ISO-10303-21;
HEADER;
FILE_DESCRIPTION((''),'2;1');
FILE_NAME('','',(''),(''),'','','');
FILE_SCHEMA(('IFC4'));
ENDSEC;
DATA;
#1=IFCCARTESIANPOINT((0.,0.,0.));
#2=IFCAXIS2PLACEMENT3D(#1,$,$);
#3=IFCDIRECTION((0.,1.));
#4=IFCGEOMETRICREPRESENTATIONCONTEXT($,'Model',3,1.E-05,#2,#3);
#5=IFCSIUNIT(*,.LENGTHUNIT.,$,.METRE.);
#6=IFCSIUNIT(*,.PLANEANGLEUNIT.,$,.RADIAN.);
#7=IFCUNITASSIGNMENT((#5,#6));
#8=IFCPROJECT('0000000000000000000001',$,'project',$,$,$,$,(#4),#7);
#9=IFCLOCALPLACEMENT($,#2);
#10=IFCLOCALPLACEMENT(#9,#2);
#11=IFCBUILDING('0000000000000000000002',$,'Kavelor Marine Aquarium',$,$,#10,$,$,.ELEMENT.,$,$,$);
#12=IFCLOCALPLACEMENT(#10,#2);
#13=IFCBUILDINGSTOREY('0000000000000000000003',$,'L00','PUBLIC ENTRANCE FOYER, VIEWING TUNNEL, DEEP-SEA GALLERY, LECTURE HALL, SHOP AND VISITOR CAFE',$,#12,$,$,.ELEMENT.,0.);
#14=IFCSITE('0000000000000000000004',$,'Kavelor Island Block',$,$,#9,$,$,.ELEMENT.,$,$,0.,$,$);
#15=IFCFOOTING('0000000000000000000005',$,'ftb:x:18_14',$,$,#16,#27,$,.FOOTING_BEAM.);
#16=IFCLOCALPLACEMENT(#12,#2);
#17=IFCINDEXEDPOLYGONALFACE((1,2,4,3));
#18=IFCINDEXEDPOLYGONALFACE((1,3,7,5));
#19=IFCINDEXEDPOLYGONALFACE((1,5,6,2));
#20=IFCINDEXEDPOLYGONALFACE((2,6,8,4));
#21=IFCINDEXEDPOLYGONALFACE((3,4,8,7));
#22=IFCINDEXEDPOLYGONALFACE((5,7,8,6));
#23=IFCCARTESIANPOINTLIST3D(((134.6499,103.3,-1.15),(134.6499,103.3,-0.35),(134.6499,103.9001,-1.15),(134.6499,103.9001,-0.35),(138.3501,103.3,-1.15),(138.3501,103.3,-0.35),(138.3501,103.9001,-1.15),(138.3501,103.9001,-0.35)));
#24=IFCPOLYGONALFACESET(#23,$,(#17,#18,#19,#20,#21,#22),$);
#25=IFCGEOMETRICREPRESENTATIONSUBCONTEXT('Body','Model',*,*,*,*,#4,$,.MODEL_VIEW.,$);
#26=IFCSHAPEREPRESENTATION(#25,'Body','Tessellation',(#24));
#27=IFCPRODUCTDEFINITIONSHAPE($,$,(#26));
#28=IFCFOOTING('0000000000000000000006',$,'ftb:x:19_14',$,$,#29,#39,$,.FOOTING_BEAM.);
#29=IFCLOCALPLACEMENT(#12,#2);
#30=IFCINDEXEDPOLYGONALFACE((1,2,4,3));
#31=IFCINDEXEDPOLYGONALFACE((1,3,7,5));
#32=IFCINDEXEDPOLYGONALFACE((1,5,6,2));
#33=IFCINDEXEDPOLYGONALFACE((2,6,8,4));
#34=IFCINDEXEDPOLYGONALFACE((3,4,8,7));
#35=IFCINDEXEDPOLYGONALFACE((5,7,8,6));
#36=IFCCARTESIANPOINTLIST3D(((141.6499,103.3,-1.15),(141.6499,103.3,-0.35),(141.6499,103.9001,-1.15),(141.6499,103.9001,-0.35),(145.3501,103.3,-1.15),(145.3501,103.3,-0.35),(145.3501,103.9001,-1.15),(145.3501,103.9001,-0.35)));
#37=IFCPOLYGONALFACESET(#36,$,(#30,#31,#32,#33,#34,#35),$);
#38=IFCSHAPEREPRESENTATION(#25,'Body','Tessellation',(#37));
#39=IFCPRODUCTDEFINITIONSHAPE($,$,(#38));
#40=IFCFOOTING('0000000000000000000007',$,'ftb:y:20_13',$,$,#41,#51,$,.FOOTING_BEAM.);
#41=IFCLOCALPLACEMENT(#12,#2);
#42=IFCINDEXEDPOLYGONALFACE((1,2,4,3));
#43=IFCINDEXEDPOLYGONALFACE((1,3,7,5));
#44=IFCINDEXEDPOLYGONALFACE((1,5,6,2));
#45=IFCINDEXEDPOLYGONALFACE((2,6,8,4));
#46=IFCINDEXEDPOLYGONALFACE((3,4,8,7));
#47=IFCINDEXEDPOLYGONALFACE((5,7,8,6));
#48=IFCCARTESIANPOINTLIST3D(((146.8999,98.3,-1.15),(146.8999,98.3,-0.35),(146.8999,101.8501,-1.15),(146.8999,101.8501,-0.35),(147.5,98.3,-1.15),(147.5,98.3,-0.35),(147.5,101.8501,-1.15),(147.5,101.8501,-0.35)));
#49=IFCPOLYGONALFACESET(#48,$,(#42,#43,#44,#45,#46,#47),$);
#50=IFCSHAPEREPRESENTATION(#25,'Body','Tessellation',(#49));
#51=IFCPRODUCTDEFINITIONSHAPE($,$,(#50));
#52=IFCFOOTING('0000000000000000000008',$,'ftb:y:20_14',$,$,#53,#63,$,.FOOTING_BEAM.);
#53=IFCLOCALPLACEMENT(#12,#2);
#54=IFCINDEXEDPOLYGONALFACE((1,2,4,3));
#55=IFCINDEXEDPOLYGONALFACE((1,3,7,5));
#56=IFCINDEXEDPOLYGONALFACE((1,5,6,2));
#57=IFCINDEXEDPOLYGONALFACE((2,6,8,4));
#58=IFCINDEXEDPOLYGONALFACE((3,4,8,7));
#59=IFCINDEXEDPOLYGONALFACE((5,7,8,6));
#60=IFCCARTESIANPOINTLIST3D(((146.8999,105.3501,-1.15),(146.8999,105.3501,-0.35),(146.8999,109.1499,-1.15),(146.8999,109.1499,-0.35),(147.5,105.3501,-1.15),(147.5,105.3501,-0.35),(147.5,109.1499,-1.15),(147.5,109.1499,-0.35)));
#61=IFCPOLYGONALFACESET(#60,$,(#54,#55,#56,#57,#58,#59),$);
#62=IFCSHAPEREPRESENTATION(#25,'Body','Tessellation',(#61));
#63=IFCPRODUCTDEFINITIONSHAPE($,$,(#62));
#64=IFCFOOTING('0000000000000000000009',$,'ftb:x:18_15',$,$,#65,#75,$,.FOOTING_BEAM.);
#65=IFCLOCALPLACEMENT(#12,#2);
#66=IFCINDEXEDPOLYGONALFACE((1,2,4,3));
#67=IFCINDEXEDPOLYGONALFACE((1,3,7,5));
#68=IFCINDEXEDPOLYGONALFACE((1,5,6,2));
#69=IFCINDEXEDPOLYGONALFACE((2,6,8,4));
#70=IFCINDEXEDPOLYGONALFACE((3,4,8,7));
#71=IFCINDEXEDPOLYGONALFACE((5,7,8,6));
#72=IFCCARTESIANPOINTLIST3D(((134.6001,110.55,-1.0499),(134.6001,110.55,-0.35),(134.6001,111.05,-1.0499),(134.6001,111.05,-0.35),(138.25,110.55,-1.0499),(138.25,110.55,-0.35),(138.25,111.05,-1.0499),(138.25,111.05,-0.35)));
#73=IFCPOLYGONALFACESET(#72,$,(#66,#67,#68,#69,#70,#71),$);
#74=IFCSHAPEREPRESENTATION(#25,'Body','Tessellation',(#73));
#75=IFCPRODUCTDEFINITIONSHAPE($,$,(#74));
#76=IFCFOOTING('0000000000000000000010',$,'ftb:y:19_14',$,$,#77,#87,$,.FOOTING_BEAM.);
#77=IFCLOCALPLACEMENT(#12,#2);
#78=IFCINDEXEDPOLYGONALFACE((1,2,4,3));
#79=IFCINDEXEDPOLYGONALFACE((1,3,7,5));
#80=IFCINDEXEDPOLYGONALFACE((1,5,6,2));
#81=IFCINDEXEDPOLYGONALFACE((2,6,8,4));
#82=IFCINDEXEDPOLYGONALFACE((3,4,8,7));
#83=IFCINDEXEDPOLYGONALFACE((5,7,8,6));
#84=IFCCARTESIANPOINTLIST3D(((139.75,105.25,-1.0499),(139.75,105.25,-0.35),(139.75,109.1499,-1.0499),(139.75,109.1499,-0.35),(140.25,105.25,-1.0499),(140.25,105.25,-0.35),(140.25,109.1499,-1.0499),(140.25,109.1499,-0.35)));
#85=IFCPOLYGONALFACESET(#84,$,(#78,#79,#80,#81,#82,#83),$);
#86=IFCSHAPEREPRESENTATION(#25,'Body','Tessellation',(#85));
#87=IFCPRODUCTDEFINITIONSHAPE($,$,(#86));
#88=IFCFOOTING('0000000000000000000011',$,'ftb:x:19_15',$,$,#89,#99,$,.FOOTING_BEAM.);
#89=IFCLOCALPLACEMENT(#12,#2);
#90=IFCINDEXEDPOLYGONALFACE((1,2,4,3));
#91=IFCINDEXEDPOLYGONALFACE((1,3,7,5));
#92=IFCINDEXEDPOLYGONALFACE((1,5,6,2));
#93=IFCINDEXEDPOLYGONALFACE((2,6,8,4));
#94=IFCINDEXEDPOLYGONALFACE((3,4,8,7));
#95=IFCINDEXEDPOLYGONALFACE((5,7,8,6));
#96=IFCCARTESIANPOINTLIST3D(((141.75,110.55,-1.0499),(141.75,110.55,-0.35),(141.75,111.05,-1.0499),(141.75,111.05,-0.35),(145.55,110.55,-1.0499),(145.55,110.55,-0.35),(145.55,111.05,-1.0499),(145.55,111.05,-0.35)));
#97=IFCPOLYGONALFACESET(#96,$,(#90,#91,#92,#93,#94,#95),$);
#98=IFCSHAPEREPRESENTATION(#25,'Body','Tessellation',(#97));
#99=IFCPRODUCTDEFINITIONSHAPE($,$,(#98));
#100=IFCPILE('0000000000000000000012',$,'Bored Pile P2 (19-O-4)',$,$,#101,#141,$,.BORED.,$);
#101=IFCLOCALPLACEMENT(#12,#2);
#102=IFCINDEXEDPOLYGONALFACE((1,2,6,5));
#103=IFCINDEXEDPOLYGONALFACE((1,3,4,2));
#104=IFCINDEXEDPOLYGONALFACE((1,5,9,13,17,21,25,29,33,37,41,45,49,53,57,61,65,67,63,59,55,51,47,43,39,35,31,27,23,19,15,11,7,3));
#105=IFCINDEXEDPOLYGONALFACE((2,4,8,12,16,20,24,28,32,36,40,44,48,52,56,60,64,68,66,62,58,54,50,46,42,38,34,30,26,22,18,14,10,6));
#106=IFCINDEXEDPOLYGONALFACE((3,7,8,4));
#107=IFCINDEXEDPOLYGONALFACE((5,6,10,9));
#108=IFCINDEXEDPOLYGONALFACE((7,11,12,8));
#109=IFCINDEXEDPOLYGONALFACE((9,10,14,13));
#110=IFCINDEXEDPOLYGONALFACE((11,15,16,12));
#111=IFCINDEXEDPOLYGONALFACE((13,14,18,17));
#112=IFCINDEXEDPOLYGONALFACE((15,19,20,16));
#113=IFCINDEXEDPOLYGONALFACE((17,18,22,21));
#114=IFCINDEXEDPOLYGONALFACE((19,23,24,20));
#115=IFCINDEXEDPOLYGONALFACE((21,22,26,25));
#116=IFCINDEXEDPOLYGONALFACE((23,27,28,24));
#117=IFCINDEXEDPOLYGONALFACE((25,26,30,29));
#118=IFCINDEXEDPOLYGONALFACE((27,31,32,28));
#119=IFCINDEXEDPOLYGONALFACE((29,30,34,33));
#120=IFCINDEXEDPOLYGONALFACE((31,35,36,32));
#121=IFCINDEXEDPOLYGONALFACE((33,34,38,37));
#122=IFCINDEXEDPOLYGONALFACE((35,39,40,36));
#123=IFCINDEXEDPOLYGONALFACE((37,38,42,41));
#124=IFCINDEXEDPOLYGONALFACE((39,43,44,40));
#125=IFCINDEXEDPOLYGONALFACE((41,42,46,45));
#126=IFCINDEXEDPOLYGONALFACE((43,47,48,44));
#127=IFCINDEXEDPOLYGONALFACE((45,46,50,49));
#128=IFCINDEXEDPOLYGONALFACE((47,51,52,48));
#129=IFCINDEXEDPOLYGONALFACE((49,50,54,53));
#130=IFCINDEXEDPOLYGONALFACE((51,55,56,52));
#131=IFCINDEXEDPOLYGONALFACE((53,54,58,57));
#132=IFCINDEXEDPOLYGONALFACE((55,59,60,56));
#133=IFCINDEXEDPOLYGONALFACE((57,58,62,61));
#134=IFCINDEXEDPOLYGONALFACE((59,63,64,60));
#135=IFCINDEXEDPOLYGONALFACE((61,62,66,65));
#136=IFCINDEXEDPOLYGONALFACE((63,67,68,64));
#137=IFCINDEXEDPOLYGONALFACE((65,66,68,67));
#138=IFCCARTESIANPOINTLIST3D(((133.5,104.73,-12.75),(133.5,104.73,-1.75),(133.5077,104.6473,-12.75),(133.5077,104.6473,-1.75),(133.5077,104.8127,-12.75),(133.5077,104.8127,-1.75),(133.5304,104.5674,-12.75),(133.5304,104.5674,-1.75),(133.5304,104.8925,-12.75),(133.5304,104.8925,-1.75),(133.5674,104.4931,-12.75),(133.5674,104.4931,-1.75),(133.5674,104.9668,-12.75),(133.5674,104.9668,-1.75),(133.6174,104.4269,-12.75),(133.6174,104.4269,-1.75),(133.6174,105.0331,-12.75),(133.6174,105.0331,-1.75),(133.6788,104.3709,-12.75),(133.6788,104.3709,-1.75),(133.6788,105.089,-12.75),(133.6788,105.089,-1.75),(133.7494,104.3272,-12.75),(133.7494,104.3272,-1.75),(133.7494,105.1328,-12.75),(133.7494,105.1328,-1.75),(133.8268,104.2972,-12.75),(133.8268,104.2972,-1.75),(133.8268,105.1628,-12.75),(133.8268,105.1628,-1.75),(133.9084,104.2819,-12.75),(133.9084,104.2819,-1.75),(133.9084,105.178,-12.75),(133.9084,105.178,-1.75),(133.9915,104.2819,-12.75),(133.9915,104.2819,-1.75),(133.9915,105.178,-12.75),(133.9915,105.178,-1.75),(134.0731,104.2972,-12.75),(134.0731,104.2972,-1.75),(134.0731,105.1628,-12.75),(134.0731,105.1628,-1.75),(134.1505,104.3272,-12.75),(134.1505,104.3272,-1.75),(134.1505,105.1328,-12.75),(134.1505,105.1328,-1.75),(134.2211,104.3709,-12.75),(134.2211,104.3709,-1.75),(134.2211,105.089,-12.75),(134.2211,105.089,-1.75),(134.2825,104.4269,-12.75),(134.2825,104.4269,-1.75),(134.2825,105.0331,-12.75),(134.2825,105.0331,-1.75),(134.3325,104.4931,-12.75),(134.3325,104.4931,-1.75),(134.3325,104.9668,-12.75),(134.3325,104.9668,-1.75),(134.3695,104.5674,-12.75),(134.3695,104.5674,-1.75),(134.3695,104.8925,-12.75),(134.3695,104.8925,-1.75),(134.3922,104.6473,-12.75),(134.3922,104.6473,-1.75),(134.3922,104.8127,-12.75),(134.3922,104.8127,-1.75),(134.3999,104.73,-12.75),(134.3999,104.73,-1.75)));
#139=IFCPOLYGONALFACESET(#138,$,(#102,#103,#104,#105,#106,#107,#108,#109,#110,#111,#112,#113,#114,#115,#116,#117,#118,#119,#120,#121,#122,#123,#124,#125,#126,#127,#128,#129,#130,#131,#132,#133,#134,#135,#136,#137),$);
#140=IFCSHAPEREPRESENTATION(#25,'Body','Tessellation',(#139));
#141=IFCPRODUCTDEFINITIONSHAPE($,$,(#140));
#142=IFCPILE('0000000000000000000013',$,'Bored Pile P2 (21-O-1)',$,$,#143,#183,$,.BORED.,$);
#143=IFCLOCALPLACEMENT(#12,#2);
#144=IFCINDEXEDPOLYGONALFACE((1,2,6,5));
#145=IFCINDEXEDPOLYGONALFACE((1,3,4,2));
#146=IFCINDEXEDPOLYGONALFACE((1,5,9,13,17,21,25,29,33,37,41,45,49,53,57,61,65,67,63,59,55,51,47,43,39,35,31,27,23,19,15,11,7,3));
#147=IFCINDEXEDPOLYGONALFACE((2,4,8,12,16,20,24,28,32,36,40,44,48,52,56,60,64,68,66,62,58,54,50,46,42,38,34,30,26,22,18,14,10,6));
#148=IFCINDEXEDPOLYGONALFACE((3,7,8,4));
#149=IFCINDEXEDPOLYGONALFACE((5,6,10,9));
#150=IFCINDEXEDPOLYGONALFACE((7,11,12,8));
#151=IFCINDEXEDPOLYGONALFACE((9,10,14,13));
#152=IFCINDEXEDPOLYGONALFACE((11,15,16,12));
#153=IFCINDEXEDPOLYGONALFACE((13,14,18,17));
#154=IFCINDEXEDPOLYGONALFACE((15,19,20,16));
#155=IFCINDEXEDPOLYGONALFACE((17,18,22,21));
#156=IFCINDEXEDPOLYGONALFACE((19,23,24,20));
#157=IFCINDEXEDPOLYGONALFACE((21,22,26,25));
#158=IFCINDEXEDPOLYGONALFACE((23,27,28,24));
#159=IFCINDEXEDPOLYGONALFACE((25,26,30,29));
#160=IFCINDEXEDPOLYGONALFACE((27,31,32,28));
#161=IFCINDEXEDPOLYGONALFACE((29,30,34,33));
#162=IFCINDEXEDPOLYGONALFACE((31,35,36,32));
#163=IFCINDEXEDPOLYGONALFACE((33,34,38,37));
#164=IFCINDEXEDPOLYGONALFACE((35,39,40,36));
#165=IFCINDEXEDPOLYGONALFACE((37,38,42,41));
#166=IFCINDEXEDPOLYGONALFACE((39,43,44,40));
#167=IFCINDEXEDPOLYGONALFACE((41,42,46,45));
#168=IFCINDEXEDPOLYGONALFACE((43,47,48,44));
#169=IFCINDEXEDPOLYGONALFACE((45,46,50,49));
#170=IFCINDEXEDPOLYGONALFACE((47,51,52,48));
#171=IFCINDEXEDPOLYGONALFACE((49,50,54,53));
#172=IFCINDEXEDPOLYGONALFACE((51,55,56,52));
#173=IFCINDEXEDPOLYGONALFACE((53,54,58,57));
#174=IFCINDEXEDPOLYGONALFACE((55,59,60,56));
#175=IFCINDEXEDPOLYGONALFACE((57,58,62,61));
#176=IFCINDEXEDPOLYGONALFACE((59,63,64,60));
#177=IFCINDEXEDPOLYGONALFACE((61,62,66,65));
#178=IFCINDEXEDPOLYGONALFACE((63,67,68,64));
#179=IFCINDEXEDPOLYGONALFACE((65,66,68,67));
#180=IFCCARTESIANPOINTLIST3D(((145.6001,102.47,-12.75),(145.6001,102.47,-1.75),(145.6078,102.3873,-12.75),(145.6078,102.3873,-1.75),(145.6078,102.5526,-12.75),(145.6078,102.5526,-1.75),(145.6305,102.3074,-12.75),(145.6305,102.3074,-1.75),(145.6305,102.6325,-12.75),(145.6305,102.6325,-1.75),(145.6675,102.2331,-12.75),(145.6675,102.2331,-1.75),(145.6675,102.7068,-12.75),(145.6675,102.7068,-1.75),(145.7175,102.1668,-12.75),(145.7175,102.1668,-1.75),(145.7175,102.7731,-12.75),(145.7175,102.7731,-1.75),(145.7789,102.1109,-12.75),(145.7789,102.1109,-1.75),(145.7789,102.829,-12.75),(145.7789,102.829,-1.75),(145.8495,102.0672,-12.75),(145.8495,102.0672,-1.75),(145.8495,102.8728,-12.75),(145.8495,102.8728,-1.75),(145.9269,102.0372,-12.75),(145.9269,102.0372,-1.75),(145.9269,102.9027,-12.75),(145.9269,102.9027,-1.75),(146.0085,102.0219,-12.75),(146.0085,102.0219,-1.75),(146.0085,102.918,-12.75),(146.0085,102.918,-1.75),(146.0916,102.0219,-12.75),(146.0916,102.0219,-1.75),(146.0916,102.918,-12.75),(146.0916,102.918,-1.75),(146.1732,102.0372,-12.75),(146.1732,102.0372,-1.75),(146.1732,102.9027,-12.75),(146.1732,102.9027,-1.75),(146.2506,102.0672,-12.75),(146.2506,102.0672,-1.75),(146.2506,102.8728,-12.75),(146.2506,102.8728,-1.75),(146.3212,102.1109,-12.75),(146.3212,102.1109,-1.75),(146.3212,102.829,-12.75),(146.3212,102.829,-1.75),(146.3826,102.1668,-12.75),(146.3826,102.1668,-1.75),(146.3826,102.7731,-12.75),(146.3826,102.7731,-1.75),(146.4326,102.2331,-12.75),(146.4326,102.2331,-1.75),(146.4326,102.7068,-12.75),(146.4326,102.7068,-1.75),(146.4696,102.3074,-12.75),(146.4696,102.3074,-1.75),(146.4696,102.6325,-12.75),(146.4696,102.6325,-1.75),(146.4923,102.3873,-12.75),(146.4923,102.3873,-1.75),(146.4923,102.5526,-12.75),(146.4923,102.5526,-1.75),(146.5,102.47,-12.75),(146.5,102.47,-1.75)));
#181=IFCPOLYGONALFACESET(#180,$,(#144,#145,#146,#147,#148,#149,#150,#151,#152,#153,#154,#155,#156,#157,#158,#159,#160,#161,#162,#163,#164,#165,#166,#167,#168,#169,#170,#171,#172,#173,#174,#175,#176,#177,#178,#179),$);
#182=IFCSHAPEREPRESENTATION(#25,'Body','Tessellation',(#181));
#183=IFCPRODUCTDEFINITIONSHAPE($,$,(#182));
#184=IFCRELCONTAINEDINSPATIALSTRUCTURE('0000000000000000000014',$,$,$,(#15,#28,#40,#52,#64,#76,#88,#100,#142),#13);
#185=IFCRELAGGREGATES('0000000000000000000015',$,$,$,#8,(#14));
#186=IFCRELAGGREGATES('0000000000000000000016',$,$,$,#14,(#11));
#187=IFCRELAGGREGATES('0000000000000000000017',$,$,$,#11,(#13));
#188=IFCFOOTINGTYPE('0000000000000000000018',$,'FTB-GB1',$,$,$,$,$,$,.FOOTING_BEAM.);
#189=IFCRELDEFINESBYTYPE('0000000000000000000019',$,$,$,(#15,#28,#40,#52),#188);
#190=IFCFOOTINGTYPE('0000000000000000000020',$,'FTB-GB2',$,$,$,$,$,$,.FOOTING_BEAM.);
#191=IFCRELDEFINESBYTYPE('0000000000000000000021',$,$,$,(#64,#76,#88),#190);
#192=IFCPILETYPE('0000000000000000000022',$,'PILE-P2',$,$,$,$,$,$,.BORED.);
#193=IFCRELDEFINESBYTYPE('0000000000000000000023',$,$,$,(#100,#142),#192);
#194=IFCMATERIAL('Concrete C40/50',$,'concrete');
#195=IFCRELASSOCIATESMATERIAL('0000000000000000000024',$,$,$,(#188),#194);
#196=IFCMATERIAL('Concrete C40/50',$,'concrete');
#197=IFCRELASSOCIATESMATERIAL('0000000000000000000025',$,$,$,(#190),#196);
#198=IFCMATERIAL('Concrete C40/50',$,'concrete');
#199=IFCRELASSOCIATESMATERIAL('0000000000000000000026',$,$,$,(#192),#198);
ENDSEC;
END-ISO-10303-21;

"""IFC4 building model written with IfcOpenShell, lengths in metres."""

from ifc_helpers import new_model, si_unit, direction, frame, origin, origin_2d, place, context, subcontext, project, spatial, rectangle, circle, extrude, material, material_profile, profile_set, type_object, element, save


model = new_model("IFC4")

# Units and contexts
model_context = context("Model", 3, precision=1e-05, world=origin(), true_north=direction((0.0, 1.0)))
body_context = subcontext(model_context, "Body", "Model", "MODEL_VIEW")
ifc_project = project(units=[si_unit("LENGTHUNIT", "METRE"), si_unit("PLANEANGLEUNIT", "RADIAN")], contexts=[model_context])

# Site, building, storey
site_placement = place(None, origin())
site = spatial("IfcSite", under=ifc_project, at=site_placement, Name="Kavelor Island Block", CompositionType="ELEMENT", RefElevation=0.0)
building_placement = place(site_placement, origin())
building = spatial("IfcBuilding", under=site, at=building_placement, Name="Kavelor Marine Aquarium", CompositionType="ELEMENT")
storey_placement = place(building_placement, origin())
storey = spatial("IfcBuildingStorey", under=building, at=storey_placement, Name="L00", Description="PUBLIC ENTRANCE FOYER, VIEWING TUNNEL, DEEP-SEA GALLERY, LECTURE HALL, SHOP AND VISITOR CAFE", CompositionType="ELEMENT", Elevation=0.0)

# Footings
ifc_material_1 = material(Name="Concrete C40/50", Category="concrete")
ifc_material_profile_1 = material_profile(ifc_material_1, rectangle(XDim=0.6001, YDim=0.8, at=origin_2d()), Name="GB 600x800")
ifc_profile_set_1 = profile_set([ifc_material_profile_1], Name="Concrete C40/50")
footing_type_1 = type_object("IfcFootingType", Name="FTB-GB1", PredefinedType="FOOTING_BEAM", material=ifc_profile_set_1)
for number, where, z_axis, x_axis, name in (
    (1, (134.6499, 103.6001, -0.75), (1.0, 0.0, 0.0), (0.0, 1.0, 0.0), "ftb:x:18_14"),
    (2, (141.6499, 103.6001, -0.75), (1.0, 0.0, 0.0), (0.0, 1.0, 0.0), "ftb:x:19_14"),
):
    element("IfcFooting", number, at=place(storey_placement, frame(where, z_axis=z_axis, x_axis=x_axis)), inside=storey, type_object=footing_type_1, Name=name, PredefinedType="FOOTING_BEAM", context=body_context, shape_type="SweptSolid", body=[
        extrude(rectangle(XDim=0.6001, YDim=0.8, at=origin_2d()), origin(), (0.0, 0.0, 1.0), 3.7002),
    ])
footing_1_placement = place(storey_placement, frame((147.2, 98.3, -0.75), z_axis=(0.0, 1.0, 0.0), x_axis=(-1.0, 0.0, 0.0)))
element("IfcFooting", 3, at=footing_1_placement, inside=storey, type_object=footing_type_1, Name="ftb:y:20_13", PredefinedType="FOOTING_BEAM", context=body_context, shape_type="SweptSolid", body=[
    extrude(rectangle(XDim=0.6001, YDim=0.8, at=origin_2d()), origin(), (0.0, 0.0, 1.0), 3.55),
])
footing_2_placement = place(storey_placement, frame((147.2, 105.3501, -0.75), z_axis=(0.0, 1.0, 0.0), x_axis=(-1.0, 0.0, 0.0)))
element("IfcFooting", 4, at=footing_2_placement, inside=storey, type_object=footing_type_1, Name="ftb:y:20_14", PredefinedType="FOOTING_BEAM", context=body_context, shape_type="SweptSolid", body=[
    extrude(rectangle(XDim=0.6001, YDim=0.8, at=origin_2d()), origin(), (0.0, 0.0, 1.0), 3.7998),
])
ifc_material_2 = material(Name="Concrete C40/50", Category="concrete")
ifc_material_profile_2 = material_profile(ifc_material_2, rectangle(XDim=0.5, YDim=0.7, at=origin_2d()), Name="GB 500x700")
ifc_profile_set_2 = profile_set([ifc_material_profile_2], Name="Concrete C40/50")
footing_type_2 = type_object("IfcFootingType", Name="FTB-GB2", PredefinedType="FOOTING_BEAM", material=ifc_profile_set_2)
footing_3_placement = place(storey_placement, frame((134.6001, 110.8, -0.7), z_axis=(1.0, 0.0, 0.0), x_axis=(0.0, 1.0, 0.0)))
element("IfcFooting", 5, at=footing_3_placement, inside=storey, type_object=footing_type_2, Name="ftb:x:18_15", PredefinedType="FOOTING_BEAM", context=body_context, shape_type="SweptSolid", body=[
    extrude(rectangle(XDim=0.5, YDim=0.7, at=origin_2d()), origin(), (0.0, 0.0, 1.0), 3.6499),
])
footing_4_placement = place(storey_placement, frame((140.0, 105.25, -0.7), z_axis=(0.0, 1.0, 0.0), x_axis=(-1.0, 0.0, 0.0)))
element("IfcFooting", 6, at=footing_4_placement, inside=storey, type_object=footing_type_2, Name="ftb:y:19_14", PredefinedType="FOOTING_BEAM", context=body_context, shape_type="SweptSolid", body=[
    extrude(rectangle(XDim=0.5, YDim=0.7, at=origin_2d()), origin(), (0.0, 0.0, 1.0), 3.8999),
])
footing_5_placement = place(storey_placement, frame((141.75, 110.8, -0.7), z_axis=(1.0, 0.0, 0.0), x_axis=(0.0, 1.0, 0.0)))
element("IfcFooting", 7, at=footing_5_placement, inside=storey, type_object=footing_type_2, Name="ftb:x:19_15", PredefinedType="FOOTING_BEAM", context=body_context, shape_type="SweptSolid", body=[
    extrude(rectangle(XDim=0.5, YDim=0.7, at=origin_2d()), origin(), (0.0, 0.0, 1.0), 3.8),
])

# Piles
ifc_material_3 = material(Name="Concrete C40/50", Category="concrete")
ifc_material_profile_3 = material_profile(ifc_material_3, circle(Radius=0.45, at=origin_2d()), Name="PILE D900")
ifc_profile_set_3 = profile_set([ifc_material_profile_3], Name="Concrete C40/50")
pile_type_1 = type_object("IfcPileType", Name="PILE-P2", PredefinedType="BORED", material=ifc_profile_set_3)
for number, where, z_axis, x_axis, name in (
    (8, (133.95, 104.73, -1.75), (0.0, 0.0, -1.0), (1.0, 0.0, 0.0), "Bored Pile P2 (19-O-4)"),
    (9, (146.05, 102.47, -1.75), (0.0, 0.0, -1.0), (1.0, 0.0, 0.0), "Bored Pile P2 (21-O-1)"),
):
    element("IfcPile", number, at=place(storey_placement, frame(where, z_axis=z_axis, x_axis=x_axis)), inside=storey, type_object=pile_type_1, Name=name, PredefinedType="BORED", context=body_context, shape_type="SweptSolid", body=[
        extrude(circle(Radius=0.45, at=origin_2d()), origin(), (0.0, 0.0, 1.0), 11.0),
    ])

save(model, "model.ifc")
